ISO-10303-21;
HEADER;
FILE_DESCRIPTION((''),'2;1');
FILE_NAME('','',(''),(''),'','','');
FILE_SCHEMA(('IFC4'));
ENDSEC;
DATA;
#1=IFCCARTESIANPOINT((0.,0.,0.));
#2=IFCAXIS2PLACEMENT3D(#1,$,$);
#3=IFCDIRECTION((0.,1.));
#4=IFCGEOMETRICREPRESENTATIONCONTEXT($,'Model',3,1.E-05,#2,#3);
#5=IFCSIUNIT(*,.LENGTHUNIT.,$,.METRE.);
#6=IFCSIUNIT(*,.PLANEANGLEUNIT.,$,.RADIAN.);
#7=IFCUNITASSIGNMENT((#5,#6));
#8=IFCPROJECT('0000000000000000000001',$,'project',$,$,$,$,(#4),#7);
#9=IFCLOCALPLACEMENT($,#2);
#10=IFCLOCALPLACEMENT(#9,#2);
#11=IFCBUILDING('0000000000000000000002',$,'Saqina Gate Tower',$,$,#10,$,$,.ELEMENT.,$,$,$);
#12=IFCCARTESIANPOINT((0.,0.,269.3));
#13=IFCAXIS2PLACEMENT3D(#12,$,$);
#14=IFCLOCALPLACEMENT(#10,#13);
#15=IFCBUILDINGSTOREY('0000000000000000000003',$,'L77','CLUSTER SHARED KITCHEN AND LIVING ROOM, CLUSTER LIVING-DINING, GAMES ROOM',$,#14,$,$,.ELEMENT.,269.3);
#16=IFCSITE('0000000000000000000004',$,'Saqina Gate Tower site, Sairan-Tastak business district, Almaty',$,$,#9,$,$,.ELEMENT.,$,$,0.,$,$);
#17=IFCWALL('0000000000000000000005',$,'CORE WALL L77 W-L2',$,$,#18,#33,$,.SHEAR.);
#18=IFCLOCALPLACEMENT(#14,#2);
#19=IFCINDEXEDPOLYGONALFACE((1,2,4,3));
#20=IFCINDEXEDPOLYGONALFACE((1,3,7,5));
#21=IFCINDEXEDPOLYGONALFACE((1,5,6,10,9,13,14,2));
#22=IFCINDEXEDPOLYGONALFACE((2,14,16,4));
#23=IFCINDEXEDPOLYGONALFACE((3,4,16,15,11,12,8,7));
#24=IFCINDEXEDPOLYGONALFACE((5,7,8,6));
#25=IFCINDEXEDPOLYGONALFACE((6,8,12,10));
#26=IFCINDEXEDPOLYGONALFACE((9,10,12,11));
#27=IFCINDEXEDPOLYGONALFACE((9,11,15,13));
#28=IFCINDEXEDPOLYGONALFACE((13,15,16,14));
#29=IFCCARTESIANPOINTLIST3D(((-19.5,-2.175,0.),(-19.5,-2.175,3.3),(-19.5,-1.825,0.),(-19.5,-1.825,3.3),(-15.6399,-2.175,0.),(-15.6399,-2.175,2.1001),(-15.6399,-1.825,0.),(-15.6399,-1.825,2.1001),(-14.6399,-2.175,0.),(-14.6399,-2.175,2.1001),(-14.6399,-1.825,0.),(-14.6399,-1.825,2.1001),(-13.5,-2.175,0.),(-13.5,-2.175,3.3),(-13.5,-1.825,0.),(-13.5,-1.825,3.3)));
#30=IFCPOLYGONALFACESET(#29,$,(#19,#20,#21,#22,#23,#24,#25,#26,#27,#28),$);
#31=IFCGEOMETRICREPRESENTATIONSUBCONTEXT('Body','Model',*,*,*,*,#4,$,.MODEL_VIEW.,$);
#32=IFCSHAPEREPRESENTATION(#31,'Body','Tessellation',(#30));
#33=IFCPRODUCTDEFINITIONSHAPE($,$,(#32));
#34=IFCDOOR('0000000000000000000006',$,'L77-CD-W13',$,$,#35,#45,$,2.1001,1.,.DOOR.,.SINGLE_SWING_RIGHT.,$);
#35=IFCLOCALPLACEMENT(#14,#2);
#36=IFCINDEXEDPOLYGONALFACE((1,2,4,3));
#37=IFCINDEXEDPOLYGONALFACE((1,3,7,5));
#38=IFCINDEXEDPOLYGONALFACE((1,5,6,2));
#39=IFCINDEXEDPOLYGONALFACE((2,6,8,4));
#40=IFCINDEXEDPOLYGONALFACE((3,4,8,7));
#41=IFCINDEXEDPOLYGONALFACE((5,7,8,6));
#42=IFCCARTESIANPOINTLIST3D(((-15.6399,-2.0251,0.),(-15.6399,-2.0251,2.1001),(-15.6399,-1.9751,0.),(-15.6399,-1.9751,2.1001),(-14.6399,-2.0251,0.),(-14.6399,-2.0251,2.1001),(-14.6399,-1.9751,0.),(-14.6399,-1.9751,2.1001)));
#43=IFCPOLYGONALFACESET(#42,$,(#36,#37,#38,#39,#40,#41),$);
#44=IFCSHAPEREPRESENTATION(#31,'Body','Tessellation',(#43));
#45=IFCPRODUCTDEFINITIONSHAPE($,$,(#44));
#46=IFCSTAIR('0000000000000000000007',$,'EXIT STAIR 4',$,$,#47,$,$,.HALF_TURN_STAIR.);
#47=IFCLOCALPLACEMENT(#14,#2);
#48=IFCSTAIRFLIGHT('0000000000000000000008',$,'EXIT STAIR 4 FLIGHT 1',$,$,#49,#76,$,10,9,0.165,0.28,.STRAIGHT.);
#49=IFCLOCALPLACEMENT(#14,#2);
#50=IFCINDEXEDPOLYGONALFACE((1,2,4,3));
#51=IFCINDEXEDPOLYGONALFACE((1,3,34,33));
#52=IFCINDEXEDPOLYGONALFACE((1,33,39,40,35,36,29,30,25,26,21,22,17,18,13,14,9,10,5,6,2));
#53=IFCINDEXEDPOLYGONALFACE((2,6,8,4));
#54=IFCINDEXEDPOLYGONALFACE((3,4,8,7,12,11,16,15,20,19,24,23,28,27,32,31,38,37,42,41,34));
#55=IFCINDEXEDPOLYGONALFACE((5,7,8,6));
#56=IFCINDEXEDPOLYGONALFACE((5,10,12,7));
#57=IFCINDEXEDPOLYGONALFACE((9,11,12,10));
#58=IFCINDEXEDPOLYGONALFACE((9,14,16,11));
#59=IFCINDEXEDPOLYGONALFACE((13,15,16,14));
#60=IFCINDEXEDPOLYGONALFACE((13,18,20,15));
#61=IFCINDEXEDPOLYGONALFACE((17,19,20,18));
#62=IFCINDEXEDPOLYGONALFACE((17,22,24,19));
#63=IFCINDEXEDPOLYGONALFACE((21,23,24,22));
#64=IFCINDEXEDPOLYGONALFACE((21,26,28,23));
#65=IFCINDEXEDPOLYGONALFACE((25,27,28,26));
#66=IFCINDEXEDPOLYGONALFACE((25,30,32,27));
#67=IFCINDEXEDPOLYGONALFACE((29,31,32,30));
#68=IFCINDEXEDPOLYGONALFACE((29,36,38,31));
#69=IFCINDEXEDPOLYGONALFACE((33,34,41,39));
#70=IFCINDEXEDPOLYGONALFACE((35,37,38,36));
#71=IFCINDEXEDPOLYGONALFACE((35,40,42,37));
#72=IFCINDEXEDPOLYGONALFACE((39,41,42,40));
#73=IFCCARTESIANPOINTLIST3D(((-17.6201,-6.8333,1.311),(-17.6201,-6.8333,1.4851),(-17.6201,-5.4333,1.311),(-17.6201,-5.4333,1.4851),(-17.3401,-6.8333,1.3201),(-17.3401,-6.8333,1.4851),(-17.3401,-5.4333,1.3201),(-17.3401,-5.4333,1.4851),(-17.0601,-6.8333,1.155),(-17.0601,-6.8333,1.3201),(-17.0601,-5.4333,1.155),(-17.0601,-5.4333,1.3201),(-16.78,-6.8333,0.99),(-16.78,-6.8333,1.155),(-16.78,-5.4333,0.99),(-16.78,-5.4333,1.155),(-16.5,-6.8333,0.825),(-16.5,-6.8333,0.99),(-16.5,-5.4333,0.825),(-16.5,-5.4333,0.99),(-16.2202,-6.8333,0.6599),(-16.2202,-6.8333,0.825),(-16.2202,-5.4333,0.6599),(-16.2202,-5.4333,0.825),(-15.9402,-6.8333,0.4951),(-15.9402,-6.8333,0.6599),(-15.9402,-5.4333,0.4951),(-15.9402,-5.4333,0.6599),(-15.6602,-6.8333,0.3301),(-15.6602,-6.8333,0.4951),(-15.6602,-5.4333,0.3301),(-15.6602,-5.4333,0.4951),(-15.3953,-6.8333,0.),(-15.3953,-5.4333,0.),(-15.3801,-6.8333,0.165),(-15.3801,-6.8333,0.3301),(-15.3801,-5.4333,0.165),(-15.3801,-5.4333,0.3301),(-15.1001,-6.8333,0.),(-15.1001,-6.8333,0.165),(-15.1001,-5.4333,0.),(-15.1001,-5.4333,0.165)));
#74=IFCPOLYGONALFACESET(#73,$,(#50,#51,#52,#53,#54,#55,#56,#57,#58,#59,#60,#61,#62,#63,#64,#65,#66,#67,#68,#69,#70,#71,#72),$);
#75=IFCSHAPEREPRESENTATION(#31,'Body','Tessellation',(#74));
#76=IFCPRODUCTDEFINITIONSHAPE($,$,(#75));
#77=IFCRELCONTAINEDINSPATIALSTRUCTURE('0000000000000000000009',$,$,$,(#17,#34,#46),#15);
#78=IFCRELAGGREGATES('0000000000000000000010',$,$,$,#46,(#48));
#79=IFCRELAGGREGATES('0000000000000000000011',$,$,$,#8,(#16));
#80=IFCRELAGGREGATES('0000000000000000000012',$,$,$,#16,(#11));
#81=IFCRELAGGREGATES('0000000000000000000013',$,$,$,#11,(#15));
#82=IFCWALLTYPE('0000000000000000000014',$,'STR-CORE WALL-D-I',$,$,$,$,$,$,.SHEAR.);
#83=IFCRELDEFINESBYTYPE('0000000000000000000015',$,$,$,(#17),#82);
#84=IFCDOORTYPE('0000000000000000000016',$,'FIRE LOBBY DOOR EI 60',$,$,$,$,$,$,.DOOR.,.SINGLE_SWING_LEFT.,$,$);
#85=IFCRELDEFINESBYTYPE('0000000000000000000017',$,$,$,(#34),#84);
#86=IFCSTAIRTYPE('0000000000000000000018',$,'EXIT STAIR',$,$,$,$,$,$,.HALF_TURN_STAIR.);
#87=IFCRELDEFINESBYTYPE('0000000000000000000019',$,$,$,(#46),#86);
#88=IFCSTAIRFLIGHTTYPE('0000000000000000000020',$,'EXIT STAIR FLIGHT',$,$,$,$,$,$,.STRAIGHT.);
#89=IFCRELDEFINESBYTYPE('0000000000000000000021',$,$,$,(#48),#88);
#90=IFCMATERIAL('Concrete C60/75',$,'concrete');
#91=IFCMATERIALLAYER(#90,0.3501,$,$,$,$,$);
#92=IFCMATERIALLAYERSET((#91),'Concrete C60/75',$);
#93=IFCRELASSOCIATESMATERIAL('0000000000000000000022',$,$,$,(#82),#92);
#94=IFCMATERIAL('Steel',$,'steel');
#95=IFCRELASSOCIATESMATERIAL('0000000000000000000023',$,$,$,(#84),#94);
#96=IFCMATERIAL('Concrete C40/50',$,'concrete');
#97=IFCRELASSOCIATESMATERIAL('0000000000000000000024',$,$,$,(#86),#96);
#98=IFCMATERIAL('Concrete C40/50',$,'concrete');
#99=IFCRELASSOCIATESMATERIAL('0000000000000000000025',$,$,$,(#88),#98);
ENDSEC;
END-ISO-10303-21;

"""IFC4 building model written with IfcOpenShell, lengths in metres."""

from ifc_helpers import new_model, si_unit, direction, frame, frame_2d, origin, place, context, subcontext, project, spatial, polyline, rectangle, outline, extrude, material, layer, layer_set, type_object, element, fill, aggregate, save


model = new_model("IFC4")

# Units and contexts
model_context = context("Model", 3, precision=1e-05, world=origin(), true_north=direction((0.0, 1.0)))
body_context = subcontext(model_context, "Body", "Model", "MODEL_VIEW")
ifc_project = project(units=[si_unit("LENGTHUNIT", "METRE"), si_unit("PLANEANGLEUNIT", "RADIAN")], contexts=[model_context])

# Site, building, storey
site_placement = place(None, origin())
site = spatial("IfcSite", under=ifc_project, at=site_placement, Name="Saqina Gate Tower site, Sairan-Tastak business district, Almaty", CompositionType="ELEMENT", RefElevation=0.0)
building_placement = place(site_placement, origin())
building = spatial("IfcBuilding", under=site, at=building_placement, Name="Saqina Gate Tower", CompositionType="ELEMENT")
storey_placement = place(building_placement, frame((0.0, 0.0, 269.3)))
storey = spatial("IfcBuildingStorey", under=building, at=storey_placement, Name="L77", Description="CLUSTER SHARED KITCHEN AND LIVING ROOM, CLUSTER LIVING-DINING, GAMES ROOM", CompositionType="ELEMENT", Elevation=269.3)

# Wall, opening, door
ifc_material_1 = material(Name="Concrete C60/75", Category="concrete")
ifc_layer_1 = layer(ifc_material_1, 0.3501)
ifc_layer_set_1 = layer_set([ifc_layer_1], Name="Concrete C60/75")
wall_type_1 = type_object("IfcWallType", Name="STR-CORE WALL-D-I", PredefinedType="SHEAR", material=ifc_layer_set_1)
wall_1_placement = place(storey_placement, frame((-13.5, -2.0, 0.0), z_axis=(0.0, 0.0, 1.0), x_axis=(-1.0, 0.0, 0.0)))
wall_1 = element("IfcWall", 1, at=wall_1_placement, inside=storey, type_object=wall_type_1, Name="CORE WALL L77 W-L2", PredefinedType="SHEAR", context=body_context, shape_type="SweptSolid", body=[
    extrude(rectangle(XDim=6.0, YDim=0.3501, at=frame_2d((3.0, 0.0))), origin(), (0.0, 0.0, 1.0), 3.3),
])
opening_1_placement = place(wall_1_placement, frame((1.1399, 0.0, 0.0)))
opening_1 = element("IfcOpeningElement", 2, at=opening_1_placement, cuts=wall_1, PredefinedType="OPENING", context=body_context, shape_type="SweptSolid", body=[
    extrude(rectangle(XDim=1.0, YDim=2.1001, at=frame_2d((0.5, 1.05))), frame((0.0, 0.187, 0.0), z_axis=(0.0, -1.0, 0.0), x_axis=(1.0, 0.0, 0.0)), (0.0, 0.0, 1.0), 0.374),
])
ifc_material_2 = material(Name="Steel", Category="steel")
door_type_1 = type_object("IfcDoorType", Name="FIRE LOBBY DOOR EI 60", OperationType="SINGLE_SWING_LEFT", PredefinedType="DOOR", material=ifc_material_2)
door_1_placement = place(opening_1_placement, frame((1.0, 0.0, 0.0), z_axis=(0.0, 0.0, 1.0), x_axis=(-1.0, 0.0, 0.0)))
door_1 = element("IfcDoor", 3, at=door_1_placement, inside=storey, type_object=door_type_1, Name="L77-CD-W13", OperationType="SINGLE_SWING_RIGHT", OverallHeight=2.1001, OverallWidth=1.0, PredefinedType="DOOR", context=body_context, shape_type="SweptSolid", body=[
    extrude(rectangle(XDim=1.0, YDim=2.1001, at=frame_2d((0.5, 1.05))), frame((0.0, 0.0249, 0.0), z_axis=(0.0, -1.0, 0.0), x_axis=(1.0, 0.0, 0.0)), (0.0, 0.0, 1.0), 0.05),
])
fill(opening_1, door_1)

# Stair, stair flight
ifc_material_3 = material(Name="Concrete C40/50", Category="concrete")
stair_type = type_object("IfcStairType", Name="EXIT STAIR", PredefinedType="HALF_TURN_STAIR", material=ifc_material_3)
stair_placement = place(storey_placement, origin())
stair = element("IfcStair", 4, at=stair_placement, inside=storey, type_object=stair_type, Name="EXIT STAIR 4", PredefinedType="HALF_TURN_STAIR")
ifc_material_4 = material(Name="Concrete C40/50", Category="concrete")
stair_flight_type = type_object("IfcStairFlightType", Name="EXIT STAIR FLIGHT", PredefinedType="STRAIGHT", material=ifc_material_4)
stair_flight_placement = place(storey_placement, frame((-15.1001, -6.1333, 0.0), z_axis=(0.0, 0.0, 1.0), x_axis=(-1.0, 0.0, 0.0)))
stair_flight = element("IfcStairFlight", 5, at=stair_flight_placement, type_object=stair_flight_type, Name="EXIT STAIR 4 FLIGHT 1", NumberOfRisers=10, NumberOfTreads=9, PredefinedType="STRAIGHT", RiserHeight=0.165, TreadLength=0.28, context=body_context, shape_type="SweptSolid", body=[
    extrude(outline(polyline([(0.0, 0.0), (0.0, 0.165), (0.28, 0.165), (0.28, 0.3301), (0.5601, 0.3301), (0.5601, 0.4951), (0.8401, 0.4951), (0.8401, 0.6599), (1.1201, 0.6599), (1.1201, 0.825), (1.3999, 0.825), (1.3999, 0.99), (1.6799, 0.99), (1.6799, 1.155), (1.96, 1.155), (1.96, 1.3201), (2.24, 1.3201), (2.24, 1.4851), (2.52, 1.4851), (2.52, 1.6499), (2.52, 1.311), (0.2952, 0.0), (0.0, 0.0)])), frame((0.0, 0.7, 0.0), z_axis=(0.0, -1.0, 0.0), x_axis=(1.0, 0.0, 0.0)), (0.0, 0.0, 1.0), 1.3999),
])
aggregate(stair, [stair_flight])

save(model, "model.ifc")
